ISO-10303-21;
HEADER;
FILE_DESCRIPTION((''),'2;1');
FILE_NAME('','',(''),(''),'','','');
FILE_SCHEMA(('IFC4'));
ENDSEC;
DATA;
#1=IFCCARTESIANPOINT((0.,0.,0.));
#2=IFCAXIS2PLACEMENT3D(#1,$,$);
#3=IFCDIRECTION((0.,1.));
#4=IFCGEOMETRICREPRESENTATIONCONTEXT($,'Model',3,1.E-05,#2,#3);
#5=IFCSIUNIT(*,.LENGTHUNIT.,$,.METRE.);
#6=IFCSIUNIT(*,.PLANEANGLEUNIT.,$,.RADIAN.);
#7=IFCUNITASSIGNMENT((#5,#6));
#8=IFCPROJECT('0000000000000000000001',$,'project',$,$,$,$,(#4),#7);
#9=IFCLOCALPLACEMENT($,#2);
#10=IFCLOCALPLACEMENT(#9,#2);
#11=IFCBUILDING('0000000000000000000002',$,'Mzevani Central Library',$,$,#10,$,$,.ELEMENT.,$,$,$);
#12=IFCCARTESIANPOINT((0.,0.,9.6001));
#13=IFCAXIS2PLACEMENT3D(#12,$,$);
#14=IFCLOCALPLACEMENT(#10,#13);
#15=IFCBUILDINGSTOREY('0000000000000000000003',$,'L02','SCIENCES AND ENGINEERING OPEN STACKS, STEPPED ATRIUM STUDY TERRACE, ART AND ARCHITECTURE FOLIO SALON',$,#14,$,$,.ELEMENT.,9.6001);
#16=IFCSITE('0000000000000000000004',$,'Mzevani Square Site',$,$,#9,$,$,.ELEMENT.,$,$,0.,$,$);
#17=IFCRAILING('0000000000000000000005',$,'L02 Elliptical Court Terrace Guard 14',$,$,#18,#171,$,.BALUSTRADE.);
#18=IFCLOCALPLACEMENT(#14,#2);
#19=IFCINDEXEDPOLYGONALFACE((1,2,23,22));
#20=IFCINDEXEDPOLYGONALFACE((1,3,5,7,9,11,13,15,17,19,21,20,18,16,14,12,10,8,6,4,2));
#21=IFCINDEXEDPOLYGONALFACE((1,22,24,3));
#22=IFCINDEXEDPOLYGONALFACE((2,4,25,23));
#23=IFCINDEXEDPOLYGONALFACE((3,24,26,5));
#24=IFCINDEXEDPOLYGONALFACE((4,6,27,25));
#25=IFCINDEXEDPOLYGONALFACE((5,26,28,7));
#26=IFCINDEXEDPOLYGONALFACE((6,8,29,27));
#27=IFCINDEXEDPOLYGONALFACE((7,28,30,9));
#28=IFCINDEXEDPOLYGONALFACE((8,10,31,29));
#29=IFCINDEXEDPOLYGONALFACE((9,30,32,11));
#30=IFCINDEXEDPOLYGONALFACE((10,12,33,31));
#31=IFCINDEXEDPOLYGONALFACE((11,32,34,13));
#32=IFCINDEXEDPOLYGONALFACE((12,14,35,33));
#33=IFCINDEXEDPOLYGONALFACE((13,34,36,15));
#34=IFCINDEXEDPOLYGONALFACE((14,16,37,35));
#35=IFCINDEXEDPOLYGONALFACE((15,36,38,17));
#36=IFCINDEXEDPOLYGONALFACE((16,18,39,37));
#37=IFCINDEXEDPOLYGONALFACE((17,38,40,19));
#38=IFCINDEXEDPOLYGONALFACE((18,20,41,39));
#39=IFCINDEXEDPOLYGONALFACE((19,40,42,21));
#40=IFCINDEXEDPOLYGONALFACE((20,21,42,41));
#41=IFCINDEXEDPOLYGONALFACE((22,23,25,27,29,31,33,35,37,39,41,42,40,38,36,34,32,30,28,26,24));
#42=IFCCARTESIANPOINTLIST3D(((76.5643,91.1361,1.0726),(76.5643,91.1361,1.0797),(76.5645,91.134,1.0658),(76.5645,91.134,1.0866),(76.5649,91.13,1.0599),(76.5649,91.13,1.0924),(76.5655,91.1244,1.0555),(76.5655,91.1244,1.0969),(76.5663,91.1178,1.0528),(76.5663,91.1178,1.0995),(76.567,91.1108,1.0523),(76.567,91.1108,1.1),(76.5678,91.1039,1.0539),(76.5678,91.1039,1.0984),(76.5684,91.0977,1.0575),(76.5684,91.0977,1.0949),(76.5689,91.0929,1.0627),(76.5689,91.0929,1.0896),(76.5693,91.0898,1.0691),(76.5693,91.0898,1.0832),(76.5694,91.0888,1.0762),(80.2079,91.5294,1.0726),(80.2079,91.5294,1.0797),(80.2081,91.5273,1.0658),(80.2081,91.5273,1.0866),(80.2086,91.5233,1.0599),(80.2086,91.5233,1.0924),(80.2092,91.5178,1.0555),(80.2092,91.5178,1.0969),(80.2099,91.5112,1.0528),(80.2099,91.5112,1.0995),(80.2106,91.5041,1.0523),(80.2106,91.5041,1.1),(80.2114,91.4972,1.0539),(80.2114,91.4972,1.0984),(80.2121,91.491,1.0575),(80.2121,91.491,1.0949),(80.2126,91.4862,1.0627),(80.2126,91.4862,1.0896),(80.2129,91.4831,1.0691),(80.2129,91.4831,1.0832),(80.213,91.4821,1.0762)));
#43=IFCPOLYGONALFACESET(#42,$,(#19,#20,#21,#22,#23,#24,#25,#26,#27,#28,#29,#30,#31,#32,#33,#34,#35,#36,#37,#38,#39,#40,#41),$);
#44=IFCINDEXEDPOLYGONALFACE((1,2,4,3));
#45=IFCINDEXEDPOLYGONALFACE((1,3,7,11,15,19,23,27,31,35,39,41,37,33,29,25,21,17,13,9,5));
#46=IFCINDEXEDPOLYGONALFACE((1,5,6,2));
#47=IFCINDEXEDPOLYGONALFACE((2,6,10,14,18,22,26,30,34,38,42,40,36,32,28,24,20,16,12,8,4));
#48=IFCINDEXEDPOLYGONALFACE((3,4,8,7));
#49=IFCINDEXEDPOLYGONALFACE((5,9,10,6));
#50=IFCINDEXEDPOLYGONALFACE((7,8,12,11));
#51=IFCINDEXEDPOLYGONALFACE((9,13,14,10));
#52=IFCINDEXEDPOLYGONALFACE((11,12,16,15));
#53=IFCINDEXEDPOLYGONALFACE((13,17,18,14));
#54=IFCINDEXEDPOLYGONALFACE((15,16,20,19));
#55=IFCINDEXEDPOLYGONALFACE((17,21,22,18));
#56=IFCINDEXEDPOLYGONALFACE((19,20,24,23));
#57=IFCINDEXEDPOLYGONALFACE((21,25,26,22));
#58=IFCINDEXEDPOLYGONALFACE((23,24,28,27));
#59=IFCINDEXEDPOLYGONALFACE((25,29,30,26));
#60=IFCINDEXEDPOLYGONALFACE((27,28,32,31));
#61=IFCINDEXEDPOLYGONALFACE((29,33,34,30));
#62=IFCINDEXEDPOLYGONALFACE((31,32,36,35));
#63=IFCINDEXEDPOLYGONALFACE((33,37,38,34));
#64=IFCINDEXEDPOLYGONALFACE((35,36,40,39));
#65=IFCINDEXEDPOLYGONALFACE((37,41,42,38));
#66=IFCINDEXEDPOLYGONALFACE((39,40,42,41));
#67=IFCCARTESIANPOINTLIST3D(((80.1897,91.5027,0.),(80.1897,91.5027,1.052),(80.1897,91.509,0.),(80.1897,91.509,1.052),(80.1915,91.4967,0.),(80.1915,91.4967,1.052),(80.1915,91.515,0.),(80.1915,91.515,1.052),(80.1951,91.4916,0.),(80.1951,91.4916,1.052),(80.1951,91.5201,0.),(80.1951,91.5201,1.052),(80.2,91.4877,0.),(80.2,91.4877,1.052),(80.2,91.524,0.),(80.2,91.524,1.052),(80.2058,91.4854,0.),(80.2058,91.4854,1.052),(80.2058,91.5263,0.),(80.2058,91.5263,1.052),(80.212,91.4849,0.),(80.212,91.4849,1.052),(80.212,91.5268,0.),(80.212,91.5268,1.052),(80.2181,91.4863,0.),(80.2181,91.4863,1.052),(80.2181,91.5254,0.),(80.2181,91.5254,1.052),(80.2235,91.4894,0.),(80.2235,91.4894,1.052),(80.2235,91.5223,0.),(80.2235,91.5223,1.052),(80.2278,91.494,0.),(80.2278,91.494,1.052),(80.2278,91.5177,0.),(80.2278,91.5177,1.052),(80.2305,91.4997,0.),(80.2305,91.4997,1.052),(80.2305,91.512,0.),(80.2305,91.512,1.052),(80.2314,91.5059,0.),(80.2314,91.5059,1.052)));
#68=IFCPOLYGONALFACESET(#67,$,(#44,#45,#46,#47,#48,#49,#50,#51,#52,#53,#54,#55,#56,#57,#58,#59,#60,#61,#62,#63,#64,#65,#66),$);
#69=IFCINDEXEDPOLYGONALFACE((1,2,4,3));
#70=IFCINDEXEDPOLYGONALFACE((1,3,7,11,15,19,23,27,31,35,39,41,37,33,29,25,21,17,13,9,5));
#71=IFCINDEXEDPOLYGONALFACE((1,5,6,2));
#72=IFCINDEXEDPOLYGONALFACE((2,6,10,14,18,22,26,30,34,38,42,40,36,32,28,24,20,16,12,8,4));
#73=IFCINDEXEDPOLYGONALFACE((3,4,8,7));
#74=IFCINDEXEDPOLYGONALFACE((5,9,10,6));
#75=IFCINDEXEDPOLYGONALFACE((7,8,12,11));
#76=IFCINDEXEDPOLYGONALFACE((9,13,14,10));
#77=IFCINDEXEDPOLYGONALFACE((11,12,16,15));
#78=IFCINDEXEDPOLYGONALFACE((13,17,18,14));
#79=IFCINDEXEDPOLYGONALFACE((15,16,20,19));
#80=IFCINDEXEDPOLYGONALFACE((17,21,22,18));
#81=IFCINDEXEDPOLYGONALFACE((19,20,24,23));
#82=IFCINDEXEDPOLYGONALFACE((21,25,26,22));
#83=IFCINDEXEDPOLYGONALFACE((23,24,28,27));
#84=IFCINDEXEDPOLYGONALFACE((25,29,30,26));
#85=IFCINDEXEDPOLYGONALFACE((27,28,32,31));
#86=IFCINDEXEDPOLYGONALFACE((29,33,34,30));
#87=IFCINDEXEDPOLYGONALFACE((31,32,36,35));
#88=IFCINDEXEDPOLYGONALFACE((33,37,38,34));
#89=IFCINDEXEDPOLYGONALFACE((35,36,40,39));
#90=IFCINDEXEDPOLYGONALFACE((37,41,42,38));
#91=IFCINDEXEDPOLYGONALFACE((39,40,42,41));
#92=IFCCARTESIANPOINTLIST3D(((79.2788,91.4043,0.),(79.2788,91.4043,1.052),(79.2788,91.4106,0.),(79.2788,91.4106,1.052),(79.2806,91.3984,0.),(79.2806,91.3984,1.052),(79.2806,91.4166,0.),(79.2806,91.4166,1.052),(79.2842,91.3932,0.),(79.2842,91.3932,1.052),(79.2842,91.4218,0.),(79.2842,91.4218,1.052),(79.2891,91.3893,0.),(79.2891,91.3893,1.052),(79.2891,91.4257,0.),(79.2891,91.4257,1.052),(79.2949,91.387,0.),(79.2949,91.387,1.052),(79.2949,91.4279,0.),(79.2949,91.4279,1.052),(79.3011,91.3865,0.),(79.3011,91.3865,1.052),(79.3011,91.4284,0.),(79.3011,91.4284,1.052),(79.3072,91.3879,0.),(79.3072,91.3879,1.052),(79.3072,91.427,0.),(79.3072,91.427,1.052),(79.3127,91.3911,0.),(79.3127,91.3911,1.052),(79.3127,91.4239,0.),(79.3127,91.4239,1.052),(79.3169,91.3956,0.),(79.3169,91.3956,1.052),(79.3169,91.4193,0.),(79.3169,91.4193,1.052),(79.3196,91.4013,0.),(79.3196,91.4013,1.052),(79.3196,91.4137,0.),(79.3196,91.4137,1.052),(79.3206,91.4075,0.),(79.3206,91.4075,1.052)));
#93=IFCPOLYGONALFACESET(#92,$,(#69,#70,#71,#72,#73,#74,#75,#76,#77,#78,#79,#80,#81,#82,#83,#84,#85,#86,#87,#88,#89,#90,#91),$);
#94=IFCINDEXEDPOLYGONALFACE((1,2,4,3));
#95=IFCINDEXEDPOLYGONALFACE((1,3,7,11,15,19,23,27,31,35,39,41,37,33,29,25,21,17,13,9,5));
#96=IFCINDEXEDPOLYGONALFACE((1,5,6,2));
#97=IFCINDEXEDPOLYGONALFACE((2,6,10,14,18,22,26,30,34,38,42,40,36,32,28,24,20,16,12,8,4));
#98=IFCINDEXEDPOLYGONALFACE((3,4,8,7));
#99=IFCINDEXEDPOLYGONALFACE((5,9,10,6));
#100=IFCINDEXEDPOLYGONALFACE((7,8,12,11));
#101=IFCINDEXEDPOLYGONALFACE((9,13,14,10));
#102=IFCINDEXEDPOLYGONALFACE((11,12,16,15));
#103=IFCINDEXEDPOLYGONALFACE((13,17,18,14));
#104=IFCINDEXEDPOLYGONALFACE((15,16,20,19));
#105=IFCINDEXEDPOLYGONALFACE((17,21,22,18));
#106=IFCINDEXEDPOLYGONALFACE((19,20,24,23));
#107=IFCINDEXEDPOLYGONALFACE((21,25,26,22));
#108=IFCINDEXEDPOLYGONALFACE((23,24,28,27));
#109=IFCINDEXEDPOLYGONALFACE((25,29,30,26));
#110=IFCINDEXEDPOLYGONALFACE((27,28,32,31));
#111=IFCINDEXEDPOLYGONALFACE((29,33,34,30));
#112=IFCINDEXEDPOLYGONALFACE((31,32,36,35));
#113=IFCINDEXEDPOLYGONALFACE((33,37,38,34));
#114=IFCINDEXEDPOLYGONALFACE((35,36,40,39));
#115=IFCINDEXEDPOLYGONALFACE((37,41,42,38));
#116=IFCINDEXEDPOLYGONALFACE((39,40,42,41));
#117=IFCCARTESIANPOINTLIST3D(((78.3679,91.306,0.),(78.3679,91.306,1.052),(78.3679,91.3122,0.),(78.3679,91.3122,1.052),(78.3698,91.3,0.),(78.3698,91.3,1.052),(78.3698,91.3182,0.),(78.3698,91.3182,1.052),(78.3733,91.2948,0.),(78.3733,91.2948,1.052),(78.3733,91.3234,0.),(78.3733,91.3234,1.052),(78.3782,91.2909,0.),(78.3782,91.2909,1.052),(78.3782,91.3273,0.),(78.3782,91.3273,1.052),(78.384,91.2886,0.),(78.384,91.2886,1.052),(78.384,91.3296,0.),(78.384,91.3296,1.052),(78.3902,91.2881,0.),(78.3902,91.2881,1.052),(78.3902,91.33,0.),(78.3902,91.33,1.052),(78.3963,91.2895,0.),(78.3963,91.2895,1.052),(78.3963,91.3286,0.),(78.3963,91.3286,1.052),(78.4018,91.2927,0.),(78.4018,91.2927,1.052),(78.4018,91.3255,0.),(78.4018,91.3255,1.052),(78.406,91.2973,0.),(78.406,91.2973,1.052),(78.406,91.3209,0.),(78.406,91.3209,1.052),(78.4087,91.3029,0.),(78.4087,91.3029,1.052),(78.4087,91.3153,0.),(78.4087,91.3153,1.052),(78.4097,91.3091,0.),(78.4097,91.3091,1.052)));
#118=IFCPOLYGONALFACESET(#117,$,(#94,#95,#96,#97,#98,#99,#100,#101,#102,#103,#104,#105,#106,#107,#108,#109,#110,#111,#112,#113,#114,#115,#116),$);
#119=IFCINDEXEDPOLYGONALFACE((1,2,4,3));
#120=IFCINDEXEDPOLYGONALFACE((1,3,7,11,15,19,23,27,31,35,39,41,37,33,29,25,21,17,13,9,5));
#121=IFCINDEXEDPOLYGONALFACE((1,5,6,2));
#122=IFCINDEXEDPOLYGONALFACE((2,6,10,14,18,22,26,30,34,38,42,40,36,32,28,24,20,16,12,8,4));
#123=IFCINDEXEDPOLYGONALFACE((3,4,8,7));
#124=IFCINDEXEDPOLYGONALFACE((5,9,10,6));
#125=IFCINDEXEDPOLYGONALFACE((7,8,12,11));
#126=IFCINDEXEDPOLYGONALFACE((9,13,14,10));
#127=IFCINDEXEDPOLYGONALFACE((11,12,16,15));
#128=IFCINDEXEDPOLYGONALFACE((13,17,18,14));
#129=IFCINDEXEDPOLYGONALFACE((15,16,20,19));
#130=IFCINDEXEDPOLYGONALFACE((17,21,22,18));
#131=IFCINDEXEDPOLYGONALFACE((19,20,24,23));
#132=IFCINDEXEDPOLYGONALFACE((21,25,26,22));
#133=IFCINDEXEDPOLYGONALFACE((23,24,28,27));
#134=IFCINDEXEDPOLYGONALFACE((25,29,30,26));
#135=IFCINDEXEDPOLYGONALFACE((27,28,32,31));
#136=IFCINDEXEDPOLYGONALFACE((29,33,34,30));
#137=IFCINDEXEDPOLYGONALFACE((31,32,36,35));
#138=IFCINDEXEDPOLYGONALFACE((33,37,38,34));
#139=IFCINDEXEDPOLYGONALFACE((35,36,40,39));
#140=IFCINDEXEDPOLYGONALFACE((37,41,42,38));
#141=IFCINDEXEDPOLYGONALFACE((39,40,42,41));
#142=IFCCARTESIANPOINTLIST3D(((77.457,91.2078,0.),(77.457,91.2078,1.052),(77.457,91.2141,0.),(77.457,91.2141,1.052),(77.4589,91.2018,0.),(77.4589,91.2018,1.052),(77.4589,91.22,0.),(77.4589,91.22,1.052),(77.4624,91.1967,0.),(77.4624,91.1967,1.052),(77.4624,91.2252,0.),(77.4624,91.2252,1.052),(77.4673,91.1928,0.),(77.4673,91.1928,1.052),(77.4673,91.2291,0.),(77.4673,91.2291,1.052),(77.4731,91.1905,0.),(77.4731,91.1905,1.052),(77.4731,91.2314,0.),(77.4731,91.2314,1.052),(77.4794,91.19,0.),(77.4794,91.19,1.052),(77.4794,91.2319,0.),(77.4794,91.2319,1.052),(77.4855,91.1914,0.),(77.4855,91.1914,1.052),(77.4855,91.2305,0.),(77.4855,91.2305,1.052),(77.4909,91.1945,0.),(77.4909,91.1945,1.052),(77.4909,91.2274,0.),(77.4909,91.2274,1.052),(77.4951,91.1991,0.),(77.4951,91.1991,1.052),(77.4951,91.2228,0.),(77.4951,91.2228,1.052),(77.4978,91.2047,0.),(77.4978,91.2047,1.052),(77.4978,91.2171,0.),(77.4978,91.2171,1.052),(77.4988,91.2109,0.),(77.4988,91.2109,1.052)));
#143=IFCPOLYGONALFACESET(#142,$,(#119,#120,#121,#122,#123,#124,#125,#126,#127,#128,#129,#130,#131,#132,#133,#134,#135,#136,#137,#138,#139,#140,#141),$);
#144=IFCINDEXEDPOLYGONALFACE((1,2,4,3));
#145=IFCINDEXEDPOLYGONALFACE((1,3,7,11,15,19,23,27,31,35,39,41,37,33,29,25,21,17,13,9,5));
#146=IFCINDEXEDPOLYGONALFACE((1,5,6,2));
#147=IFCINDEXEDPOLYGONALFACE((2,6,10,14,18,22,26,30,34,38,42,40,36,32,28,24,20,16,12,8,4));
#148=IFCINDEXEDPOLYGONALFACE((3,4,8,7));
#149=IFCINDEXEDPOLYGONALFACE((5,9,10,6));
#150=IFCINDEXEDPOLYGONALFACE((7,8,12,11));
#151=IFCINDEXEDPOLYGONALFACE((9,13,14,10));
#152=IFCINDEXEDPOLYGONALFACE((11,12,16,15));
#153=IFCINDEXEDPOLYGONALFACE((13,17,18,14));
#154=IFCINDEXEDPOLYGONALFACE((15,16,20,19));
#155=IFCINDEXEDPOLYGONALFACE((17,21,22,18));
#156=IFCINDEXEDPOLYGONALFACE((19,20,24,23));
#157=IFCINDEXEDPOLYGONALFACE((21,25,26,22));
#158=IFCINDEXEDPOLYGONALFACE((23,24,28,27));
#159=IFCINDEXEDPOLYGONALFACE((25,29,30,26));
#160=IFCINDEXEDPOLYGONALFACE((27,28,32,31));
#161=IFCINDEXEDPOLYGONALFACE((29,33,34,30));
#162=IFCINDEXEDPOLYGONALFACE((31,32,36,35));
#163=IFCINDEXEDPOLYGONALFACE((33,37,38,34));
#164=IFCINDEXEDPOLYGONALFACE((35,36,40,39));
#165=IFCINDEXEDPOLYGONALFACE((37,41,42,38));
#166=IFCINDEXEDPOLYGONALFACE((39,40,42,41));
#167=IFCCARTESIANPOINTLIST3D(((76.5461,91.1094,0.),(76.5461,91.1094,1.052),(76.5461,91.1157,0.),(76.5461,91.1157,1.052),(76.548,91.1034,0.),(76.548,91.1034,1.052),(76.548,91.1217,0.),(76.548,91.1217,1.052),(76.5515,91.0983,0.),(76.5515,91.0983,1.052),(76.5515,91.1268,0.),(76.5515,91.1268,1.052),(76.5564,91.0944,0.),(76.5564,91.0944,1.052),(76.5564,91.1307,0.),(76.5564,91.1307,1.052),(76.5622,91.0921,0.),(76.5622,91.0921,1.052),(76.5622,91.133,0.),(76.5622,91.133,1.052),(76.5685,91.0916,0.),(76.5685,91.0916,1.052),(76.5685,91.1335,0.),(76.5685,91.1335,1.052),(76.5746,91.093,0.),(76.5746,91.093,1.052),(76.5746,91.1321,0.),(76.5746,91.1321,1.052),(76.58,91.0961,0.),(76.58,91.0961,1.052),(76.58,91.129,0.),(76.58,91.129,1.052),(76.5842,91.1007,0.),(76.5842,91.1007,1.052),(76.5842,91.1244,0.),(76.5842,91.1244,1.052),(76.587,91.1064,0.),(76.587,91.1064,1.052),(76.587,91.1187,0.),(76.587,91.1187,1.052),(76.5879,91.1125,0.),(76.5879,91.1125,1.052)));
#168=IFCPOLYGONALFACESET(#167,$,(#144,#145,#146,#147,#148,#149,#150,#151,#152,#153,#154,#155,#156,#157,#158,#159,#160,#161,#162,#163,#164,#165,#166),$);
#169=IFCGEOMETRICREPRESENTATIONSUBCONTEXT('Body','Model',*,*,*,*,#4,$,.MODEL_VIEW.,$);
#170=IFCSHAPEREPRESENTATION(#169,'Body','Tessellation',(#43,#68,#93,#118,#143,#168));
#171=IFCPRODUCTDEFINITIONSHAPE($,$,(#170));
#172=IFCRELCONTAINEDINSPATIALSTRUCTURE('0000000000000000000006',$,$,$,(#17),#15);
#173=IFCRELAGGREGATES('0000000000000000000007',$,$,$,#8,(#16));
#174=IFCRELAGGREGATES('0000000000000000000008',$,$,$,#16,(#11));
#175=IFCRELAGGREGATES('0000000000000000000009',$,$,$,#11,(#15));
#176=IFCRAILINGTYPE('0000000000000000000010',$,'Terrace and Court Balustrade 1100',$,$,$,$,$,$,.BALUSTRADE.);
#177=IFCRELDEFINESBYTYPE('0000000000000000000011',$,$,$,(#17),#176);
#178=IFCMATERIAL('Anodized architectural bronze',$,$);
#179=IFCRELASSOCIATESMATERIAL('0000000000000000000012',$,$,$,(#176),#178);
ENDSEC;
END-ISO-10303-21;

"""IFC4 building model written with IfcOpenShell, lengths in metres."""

from ifc_helpers import new_model, si_unit, direction, frame, origin, origin_2d, place, context, subcontext, project, spatial, circle, extrude, material, type_object, element, save


model = new_model("IFC4")

# Units and contexts
model_context = context("Model", 3, precision=1e-05, world=origin(), true_north=direction((0.0, 1.0)))
body_context = subcontext(model_context, "Body", "Model", "MODEL_VIEW")
ifc_project = project(units=[si_unit("LENGTHUNIT", "METRE"), si_unit("PLANEANGLEUNIT", "RADIAN")], contexts=[model_context])

# Site, building, storey
site_placement = place(None, origin())
site = spatial("IfcSite", under=ifc_project, at=site_placement, Name="Mzevani Square Site", CompositionType="ELEMENT", RefElevation=0.0)
building_placement = place(site_placement, origin())
building = spatial("IfcBuilding", under=site, at=building_placement, Name="Mzevani Central Library", CompositionType="ELEMENT")
storey_placement = place(building_placement, frame((0.0, 0.0, 9.6001)))
storey = spatial("IfcBuildingStorey", under=building, at=storey_placement, Name="L02", Description="SCIENCES AND ENGINEERING OPEN STACKS, STEPPED ATRIUM STUDY TERRACE, ART AND ARCHITECTURE FOLIO SALON", CompositionType="ELEMENT", Elevation=9.6001)

# Railing
ifc_material_1 = material(Name="Anodized architectural bronze")
railing_type = type_object("IfcRailingType", Name="Terrace and Court Balustrade 1100", PredefinedType="BALUSTRADE", material=ifc_material_1)
railing_1_placement = place(storey_placement, frame((80.2104, 91.5059, 0.0)))
element("IfcRailing", 1, at=railing_1_placement, inside=storey, type_object=railing_type, Name="L02 Elliptical Court Terrace Guard 14", PredefinedType="BALUSTRADE", context=body_context, shape_type="SweptSolid", body=[
    extrude(circle(Radius=0.0239, at=origin_2d()), frame((0.0, 0.0, 1.0762), z_axis=(-0.994224, -0.107323, 0.0), x_axis=(0.107323, -0.994224, 0.0)), (0.0, 0.0, 1.0), 3.6648),
    extrude(circle(Radius=0.021, at=origin_2d()), origin(), (0.0, 0.0, 1.0), 1.052),
    extrude(circle(Radius=0.021, at=origin_2d()), frame((-0.9109, -0.0984, 0.0)), (0.0, 0.0, 1.0), 1.052),
    extrude(circle(Radius=0.021, at=origin_2d()), frame((-1.8218, -0.1968, 0.0)), (0.0, 0.0, 1.0), 1.052),
    extrude(circle(Radius=0.021, at=origin_2d()), frame((-2.7327, -0.2949, 0.0)), (0.0, 0.0, 1.0), 1.052),
    extrude(circle(Radius=0.021, at=origin_2d()), frame((-3.6436, -0.3933, 0.0)), (0.0, 0.0, 1.0), 1.052),
])

save(model, "model.ifc")
